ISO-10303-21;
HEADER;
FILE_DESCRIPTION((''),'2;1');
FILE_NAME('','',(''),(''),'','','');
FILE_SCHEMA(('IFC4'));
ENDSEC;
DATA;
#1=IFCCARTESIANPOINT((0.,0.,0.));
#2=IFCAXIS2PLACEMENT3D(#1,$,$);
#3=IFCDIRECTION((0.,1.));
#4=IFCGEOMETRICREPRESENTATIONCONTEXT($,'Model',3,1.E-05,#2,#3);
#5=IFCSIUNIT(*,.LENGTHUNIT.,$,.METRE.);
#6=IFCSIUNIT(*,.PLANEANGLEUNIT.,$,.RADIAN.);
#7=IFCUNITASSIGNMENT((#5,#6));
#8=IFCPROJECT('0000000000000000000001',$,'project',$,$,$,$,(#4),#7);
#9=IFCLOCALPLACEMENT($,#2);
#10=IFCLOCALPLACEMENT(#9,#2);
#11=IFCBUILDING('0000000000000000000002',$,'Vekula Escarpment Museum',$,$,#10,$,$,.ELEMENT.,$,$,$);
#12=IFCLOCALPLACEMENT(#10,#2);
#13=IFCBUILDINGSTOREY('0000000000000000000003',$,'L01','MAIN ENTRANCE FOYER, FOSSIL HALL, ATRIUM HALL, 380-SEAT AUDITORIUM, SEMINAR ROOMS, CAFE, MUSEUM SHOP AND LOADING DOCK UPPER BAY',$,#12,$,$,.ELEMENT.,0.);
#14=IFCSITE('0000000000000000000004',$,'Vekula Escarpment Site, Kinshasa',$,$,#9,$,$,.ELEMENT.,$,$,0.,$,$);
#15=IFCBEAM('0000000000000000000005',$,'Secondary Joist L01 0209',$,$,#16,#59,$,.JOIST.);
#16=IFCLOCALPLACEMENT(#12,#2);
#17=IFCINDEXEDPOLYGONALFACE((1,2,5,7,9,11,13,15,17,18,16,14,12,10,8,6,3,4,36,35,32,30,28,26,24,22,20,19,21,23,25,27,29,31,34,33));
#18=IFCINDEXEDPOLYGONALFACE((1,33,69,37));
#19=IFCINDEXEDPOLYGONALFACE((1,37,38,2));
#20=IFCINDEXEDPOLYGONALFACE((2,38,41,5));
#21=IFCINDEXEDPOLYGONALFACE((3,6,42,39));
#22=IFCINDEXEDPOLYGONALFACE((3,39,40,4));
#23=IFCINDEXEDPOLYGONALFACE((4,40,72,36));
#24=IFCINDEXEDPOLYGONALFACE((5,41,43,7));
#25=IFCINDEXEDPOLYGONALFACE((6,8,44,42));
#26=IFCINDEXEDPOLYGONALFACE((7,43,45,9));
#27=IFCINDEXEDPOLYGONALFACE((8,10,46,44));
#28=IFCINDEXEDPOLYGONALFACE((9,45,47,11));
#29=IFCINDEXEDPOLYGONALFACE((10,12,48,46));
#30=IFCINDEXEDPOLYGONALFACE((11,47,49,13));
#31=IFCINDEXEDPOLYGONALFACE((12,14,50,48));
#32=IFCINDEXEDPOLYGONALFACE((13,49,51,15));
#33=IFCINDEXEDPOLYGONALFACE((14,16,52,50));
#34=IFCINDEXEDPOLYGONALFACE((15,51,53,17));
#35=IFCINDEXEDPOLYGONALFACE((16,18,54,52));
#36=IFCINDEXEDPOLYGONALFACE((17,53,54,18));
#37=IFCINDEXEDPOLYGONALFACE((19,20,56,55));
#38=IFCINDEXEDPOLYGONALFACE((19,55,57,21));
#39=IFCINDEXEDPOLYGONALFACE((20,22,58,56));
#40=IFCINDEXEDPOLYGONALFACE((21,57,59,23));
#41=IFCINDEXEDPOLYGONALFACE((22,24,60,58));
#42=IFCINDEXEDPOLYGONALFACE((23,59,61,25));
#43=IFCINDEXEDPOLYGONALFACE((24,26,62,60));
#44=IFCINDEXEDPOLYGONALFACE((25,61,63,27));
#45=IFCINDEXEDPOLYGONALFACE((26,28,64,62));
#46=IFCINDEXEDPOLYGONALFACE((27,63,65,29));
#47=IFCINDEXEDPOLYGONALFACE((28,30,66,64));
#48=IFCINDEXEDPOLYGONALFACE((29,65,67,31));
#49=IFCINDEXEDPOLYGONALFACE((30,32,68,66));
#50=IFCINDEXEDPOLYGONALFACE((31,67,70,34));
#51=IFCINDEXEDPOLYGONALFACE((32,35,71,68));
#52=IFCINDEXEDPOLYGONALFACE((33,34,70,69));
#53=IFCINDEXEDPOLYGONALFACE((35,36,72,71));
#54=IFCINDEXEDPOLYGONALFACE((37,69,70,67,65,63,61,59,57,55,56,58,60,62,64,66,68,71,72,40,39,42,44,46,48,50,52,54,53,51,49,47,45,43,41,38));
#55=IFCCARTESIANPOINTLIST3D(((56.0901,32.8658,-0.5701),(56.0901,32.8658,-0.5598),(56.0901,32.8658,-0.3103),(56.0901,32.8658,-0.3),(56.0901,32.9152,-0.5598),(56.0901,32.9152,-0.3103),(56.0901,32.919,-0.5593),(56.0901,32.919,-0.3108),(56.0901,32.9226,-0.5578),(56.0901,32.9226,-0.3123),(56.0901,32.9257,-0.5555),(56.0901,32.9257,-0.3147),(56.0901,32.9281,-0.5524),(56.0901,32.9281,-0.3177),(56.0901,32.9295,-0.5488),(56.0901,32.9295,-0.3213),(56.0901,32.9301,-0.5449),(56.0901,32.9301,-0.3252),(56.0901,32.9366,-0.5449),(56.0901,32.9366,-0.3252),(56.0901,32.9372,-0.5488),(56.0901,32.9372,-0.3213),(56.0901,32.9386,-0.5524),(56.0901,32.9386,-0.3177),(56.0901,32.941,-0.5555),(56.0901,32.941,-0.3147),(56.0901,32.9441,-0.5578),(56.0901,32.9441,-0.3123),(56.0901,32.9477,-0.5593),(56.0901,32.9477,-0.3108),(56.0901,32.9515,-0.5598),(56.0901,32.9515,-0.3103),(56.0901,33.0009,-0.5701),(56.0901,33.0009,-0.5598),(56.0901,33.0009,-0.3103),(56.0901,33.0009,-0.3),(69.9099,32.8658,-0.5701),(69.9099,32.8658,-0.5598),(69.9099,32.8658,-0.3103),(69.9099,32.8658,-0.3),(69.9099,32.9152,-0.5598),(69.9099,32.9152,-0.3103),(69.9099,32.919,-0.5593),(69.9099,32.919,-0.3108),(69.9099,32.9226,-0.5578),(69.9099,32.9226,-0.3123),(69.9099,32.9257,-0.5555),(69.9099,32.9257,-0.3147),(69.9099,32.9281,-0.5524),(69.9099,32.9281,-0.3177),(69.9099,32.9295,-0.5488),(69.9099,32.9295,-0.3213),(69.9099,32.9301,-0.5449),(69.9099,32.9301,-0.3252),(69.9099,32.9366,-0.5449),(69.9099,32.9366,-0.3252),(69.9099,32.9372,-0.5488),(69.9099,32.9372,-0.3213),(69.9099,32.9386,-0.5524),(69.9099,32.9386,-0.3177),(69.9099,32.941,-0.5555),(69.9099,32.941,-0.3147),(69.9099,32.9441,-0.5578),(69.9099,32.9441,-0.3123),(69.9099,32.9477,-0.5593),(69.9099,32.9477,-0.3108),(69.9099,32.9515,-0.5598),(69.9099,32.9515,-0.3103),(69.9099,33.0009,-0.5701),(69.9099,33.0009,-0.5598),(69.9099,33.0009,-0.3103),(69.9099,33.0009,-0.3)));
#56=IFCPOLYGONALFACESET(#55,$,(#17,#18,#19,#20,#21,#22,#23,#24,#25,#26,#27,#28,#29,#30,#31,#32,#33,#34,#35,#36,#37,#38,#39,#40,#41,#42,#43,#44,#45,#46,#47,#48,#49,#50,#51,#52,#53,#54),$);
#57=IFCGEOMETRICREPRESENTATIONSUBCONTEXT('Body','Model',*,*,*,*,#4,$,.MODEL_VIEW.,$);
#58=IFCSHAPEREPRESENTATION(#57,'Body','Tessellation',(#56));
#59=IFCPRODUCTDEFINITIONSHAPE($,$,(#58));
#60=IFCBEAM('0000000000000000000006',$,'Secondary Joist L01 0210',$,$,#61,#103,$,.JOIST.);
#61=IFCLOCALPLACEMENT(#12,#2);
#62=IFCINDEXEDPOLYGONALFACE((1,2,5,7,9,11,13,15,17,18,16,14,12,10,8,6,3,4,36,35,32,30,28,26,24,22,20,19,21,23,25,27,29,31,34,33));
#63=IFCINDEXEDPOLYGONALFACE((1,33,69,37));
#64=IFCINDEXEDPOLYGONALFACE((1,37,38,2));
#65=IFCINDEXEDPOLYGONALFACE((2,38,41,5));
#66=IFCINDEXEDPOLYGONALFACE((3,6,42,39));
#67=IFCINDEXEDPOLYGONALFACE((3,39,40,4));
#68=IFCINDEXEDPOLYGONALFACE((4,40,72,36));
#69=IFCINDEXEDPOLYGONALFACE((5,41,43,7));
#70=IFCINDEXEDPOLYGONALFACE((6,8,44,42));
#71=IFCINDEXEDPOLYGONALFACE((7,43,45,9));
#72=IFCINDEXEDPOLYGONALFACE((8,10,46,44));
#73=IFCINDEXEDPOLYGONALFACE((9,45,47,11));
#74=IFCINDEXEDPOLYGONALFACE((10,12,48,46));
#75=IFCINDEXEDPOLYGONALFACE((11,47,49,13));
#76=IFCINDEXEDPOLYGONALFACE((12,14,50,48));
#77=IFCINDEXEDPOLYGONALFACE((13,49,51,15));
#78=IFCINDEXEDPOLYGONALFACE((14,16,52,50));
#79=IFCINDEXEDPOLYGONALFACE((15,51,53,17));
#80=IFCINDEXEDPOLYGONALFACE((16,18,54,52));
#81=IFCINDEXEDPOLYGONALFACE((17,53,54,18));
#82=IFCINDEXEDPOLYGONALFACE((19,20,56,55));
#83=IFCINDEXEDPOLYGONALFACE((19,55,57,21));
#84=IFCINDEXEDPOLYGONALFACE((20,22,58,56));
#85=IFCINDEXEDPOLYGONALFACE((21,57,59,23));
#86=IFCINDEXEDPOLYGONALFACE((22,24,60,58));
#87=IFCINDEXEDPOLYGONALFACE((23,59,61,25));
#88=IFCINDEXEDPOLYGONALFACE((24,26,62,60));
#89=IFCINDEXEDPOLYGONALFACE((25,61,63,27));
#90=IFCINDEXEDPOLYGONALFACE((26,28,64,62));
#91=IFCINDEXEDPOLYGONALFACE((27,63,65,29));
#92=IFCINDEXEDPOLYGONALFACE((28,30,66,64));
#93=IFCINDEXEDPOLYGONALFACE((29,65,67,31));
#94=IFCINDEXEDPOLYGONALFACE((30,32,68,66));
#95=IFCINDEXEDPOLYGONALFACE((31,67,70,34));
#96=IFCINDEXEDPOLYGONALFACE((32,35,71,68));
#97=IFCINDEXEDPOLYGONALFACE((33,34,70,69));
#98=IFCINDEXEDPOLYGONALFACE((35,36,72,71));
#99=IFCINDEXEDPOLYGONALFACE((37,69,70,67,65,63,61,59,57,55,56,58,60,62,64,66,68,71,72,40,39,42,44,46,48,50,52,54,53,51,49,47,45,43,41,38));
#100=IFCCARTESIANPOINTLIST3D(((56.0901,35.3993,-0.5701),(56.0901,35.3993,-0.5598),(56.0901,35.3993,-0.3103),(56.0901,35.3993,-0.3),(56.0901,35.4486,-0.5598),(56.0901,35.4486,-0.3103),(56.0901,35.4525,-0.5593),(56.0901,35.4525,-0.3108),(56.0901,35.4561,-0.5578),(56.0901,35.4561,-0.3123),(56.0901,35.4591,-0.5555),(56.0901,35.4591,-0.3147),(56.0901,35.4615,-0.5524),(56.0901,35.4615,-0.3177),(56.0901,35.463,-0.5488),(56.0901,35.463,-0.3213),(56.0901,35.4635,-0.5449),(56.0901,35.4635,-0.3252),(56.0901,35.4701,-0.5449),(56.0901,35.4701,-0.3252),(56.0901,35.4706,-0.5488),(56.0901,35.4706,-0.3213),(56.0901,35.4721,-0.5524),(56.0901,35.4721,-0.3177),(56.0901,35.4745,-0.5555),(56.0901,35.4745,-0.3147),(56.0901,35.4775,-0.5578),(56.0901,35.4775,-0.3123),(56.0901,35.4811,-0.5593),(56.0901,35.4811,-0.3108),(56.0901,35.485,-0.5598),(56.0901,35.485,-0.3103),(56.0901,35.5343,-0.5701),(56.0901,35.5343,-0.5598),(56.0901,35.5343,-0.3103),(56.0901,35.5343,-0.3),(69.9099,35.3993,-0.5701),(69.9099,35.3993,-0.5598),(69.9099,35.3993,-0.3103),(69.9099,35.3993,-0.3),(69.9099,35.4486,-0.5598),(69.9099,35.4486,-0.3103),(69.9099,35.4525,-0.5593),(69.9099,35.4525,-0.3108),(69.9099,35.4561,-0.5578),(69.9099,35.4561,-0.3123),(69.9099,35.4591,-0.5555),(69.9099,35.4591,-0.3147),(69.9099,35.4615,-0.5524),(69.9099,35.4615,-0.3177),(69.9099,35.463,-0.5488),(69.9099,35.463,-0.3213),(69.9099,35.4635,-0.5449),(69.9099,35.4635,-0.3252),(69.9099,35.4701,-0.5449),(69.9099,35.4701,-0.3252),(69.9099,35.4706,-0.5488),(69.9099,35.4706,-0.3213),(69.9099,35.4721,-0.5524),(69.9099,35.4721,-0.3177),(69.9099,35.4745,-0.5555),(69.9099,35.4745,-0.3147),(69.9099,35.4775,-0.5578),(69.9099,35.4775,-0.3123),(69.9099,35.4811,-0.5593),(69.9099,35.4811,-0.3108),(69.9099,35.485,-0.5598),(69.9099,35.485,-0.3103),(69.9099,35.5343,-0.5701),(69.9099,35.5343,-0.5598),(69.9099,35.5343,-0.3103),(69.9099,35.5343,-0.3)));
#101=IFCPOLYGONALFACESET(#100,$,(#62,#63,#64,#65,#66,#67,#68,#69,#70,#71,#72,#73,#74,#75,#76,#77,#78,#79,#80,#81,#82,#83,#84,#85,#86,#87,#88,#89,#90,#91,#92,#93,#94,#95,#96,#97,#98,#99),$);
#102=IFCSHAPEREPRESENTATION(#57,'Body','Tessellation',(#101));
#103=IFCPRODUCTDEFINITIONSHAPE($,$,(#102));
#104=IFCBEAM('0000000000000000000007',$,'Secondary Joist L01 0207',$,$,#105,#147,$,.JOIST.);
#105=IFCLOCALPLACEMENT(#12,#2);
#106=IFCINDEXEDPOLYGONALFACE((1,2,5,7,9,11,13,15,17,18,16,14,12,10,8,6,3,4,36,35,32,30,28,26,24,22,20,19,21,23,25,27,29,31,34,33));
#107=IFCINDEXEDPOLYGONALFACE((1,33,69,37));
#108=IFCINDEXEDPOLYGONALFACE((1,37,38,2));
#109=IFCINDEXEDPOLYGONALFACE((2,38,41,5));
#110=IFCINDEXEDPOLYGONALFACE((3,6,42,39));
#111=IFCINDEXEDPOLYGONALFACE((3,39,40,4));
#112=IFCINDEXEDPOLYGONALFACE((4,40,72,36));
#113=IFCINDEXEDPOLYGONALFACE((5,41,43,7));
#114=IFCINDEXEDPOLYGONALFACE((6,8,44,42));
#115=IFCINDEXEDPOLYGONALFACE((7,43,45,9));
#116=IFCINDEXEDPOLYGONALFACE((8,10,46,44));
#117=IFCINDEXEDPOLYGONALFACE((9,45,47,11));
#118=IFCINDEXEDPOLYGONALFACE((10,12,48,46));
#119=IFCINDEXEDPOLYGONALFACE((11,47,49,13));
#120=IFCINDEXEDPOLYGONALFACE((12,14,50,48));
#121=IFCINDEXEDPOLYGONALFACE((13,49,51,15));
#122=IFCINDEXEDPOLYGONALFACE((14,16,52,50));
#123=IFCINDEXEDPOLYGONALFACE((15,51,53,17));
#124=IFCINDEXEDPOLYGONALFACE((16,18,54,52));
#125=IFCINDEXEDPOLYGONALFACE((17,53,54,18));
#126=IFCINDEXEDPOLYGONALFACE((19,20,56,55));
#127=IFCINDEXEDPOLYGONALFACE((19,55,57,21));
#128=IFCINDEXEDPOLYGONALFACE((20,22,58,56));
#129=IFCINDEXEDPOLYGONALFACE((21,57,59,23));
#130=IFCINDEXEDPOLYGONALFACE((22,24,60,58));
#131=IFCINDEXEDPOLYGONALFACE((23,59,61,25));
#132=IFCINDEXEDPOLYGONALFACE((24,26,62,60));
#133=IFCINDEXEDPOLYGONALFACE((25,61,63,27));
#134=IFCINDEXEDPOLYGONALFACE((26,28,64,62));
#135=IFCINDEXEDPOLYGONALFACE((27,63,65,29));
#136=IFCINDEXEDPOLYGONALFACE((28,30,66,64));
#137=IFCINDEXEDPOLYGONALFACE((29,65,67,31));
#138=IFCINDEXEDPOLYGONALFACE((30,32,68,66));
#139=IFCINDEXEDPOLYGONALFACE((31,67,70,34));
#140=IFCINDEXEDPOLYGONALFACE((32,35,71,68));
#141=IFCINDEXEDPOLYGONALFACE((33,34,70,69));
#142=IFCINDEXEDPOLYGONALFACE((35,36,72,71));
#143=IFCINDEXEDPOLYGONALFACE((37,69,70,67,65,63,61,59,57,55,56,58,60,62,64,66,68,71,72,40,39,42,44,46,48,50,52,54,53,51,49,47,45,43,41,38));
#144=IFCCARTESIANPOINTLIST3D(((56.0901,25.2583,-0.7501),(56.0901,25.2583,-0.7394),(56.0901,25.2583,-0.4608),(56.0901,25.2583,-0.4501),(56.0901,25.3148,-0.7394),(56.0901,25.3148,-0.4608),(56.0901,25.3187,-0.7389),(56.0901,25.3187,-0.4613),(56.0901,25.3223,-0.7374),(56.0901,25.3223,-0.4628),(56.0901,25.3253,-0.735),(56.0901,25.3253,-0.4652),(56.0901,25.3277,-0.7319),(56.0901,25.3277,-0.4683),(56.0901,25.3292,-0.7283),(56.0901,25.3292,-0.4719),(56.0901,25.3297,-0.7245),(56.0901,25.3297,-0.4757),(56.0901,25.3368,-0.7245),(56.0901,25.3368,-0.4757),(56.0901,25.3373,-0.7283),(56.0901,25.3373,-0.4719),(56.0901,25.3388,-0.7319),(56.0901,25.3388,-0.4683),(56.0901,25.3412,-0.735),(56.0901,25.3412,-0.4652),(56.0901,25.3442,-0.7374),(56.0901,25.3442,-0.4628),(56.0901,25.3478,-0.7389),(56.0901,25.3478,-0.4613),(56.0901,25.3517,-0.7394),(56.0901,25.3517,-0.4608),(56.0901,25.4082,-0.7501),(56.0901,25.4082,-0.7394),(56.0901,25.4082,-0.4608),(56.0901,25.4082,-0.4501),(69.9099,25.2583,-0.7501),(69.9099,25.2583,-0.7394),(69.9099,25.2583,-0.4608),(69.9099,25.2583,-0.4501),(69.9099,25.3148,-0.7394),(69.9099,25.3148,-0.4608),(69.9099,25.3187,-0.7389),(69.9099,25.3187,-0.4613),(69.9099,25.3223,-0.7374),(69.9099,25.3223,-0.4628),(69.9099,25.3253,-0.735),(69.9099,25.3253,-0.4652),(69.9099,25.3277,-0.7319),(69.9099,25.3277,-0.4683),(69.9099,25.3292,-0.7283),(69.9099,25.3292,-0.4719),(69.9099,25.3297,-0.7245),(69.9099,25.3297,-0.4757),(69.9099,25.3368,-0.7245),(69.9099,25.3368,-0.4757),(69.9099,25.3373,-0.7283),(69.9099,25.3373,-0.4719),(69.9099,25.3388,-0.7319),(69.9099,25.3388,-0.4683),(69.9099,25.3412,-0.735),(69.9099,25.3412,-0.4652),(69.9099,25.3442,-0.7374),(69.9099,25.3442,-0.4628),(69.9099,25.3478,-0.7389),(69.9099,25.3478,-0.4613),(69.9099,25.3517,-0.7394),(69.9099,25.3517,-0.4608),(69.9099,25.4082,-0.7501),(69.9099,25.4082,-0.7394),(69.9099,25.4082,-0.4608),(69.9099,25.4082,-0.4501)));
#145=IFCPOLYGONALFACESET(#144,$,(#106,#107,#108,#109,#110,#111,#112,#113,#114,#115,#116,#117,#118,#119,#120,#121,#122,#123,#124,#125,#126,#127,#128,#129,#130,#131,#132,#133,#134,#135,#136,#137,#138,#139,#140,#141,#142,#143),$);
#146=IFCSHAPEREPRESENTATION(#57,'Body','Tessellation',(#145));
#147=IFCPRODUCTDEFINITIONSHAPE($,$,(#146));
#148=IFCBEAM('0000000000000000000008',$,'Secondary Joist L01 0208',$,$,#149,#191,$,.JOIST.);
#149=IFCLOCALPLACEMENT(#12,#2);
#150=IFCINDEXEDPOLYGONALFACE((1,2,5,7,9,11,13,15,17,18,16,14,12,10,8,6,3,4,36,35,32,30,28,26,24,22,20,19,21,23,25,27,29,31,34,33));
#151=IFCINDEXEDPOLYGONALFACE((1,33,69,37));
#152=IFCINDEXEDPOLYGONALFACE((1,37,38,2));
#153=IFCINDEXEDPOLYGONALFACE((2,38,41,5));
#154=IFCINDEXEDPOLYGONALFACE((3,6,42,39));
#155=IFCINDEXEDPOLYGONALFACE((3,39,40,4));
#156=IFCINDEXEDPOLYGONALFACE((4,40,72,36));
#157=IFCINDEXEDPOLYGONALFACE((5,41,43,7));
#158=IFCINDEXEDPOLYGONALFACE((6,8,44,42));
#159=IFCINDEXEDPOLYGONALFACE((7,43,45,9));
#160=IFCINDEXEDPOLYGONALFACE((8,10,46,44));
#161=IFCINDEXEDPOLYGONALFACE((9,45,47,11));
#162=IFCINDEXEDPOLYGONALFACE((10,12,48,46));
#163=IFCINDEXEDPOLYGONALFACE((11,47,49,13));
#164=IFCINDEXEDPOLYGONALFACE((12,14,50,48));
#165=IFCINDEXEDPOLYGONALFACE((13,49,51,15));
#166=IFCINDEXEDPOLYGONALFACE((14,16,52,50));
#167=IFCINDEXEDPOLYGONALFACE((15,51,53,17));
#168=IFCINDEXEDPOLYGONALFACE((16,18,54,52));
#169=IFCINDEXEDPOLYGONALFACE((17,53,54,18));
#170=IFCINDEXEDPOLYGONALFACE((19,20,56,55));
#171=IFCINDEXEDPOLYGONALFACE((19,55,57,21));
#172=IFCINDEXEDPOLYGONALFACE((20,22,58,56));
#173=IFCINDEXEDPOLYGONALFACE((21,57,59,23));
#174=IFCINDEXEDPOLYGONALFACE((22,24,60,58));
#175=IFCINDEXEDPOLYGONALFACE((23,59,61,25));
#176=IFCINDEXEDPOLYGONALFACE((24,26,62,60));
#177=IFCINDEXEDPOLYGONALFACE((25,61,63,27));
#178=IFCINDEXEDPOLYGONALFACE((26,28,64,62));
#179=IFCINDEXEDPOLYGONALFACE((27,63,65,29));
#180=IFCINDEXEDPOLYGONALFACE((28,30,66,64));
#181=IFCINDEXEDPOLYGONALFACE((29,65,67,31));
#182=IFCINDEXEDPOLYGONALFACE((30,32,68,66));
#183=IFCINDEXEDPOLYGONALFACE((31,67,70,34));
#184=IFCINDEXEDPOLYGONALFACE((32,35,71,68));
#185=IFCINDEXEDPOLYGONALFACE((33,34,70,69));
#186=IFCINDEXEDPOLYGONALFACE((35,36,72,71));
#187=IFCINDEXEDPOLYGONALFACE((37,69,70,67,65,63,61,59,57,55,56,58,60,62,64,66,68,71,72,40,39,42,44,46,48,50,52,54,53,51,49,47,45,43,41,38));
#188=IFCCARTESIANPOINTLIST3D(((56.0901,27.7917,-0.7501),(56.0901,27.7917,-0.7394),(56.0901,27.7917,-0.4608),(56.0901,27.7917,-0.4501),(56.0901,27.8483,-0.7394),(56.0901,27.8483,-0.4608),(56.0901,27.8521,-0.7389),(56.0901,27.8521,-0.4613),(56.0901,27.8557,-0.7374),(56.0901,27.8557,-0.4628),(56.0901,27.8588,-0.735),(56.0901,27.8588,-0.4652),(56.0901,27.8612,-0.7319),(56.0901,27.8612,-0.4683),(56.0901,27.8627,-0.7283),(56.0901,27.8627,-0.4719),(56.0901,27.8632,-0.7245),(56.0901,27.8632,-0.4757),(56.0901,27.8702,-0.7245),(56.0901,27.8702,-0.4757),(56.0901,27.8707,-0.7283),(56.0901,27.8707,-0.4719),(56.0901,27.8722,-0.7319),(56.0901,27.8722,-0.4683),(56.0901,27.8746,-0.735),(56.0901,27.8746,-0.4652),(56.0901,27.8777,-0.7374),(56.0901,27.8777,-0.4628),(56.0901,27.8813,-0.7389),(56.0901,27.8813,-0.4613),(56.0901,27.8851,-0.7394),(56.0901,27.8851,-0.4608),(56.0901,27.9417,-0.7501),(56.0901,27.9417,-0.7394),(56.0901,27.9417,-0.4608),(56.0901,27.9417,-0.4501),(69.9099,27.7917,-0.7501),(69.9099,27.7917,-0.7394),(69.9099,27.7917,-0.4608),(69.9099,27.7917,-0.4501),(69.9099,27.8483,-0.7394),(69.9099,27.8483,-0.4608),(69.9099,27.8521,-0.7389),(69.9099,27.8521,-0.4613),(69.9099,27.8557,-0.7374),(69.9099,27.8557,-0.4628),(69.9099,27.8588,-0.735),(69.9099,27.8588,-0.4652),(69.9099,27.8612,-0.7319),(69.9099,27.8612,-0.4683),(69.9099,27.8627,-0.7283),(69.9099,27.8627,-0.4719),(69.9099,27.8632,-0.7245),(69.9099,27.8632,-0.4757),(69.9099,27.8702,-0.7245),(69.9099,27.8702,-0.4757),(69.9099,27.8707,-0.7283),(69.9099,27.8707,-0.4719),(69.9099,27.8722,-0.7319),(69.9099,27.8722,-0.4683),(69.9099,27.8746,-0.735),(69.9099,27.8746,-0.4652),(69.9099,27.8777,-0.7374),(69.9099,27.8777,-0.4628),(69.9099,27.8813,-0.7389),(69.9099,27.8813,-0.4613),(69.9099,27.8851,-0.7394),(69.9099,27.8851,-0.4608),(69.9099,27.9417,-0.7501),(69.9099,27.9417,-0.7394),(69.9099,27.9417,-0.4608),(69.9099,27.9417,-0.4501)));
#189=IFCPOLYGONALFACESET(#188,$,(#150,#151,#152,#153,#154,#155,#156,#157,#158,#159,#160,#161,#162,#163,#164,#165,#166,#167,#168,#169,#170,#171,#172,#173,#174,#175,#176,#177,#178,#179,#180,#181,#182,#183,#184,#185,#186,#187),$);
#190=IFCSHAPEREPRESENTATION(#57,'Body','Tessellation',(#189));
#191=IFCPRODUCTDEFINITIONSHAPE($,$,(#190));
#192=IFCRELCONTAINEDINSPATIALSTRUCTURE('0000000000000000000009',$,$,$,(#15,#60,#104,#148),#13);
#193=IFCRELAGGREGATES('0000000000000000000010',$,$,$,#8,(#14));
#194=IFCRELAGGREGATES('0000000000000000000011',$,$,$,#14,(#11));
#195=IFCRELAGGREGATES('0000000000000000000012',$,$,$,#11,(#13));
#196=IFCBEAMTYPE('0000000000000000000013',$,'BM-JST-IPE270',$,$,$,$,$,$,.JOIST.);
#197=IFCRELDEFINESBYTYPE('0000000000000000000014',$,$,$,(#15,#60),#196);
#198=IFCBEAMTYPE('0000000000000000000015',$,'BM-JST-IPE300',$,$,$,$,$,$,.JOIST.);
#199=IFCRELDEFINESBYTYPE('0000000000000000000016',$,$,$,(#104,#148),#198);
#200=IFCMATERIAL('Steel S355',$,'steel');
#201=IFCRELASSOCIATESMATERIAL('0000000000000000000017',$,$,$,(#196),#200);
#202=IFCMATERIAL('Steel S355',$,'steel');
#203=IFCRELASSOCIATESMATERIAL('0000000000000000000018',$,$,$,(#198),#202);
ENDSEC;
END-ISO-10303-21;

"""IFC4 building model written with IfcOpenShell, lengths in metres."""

from ifc_helpers import new_model, si_unit, direction, frame, origin, origin_2d, place, context, subcontext, project, spatial, i_section, extrude, material, material_profile, profile_set, type_object, element, save


model = new_model("IFC4")

# Units and contexts
model_context = context("Model", 3, precision=1e-05, world=origin(), true_north=direction((0.0, 1.0)))
body_context = subcontext(model_context, "Body", "Model", "MODEL_VIEW")
ifc_project = project(units=[si_unit("LENGTHUNIT", "METRE"), si_unit("PLANEANGLEUNIT", "RADIAN")], contexts=[model_context])

# Site, building, storey
site_placement = place(None, origin())
site = spatial("IfcSite", under=ifc_project, at=site_placement, Name="Vekula Escarpment Site, Kinshasa", CompositionType="ELEMENT", RefElevation=0.0)
building_placement = place(site_placement, origin())
building = spatial("IfcBuilding", under=site, at=building_placement, Name="Vekula Escarpment Museum", CompositionType="ELEMENT")
storey_placement = place(building_placement, origin())
storey = spatial("IfcBuildingStorey", under=building, at=storey_placement, Name="L01", Description="MAIN ENTRANCE FOYER, FOSSIL HALL, ATRIUM HALL, 380-SEAT AUDITORIUM, SEMINAR ROOMS, CAFE, MUSEUM SHOP AND LOADING DOCK UPPER BAY", CompositionType="ELEMENT", Elevation=0.0)

# Beams
ifc_material_1 = material(Name="Steel S355", Category="steel")
ifc_material_profile_1 = material_profile(ifc_material_1, i_section(OverallWidth=0.135, OverallDepth=0.27, WebThickness=0.0066, FlangeThickness=0.0103, FilletRadius=0.0149, at=origin_2d()), Name="IPE 270")
ifc_profile_set_1 = profile_set([ifc_material_profile_1], Name="Steel S355")
beam_type_1 = type_object("IfcBeamType", Name="BM-JST-IPE270", PredefinedType="JOIST", material=ifc_profile_set_1)
for number, where, z_axis, x_axis, name in (
    (1, (56.0901, 32.9333, -0.4351), (1.0, 0.0, 0.0), (0.0, 1.0, 0.0), "Secondary Joist L01 0209"),
    (2, (56.0901, 35.4668, -0.4351), (1.0, 0.0, 0.0), (0.0, 1.0, 0.0), "Secondary Joist L01 0210"),
):
    element("IfcBeam", number, at=place(storey_placement, frame(where, z_axis=z_axis, x_axis=x_axis)), inside=storey, type_object=beam_type_1, Name=name, PredefinedType="JOIST", context=body_context, shape_type="SweptSolid", body=[
        extrude(i_section(OverallWidth=0.135, OverallDepth=0.27, WebThickness=0.0066, FlangeThickness=0.0103, FilletRadius=0.0149, at=origin_2d()), origin(), (0.0, 0.0, 1.0), 13.8198),
    ])
ifc_material_2 = material(Name="Steel S355", Category="steel")
ifc_material_profile_2 = material_profile(ifc_material_2, i_section(OverallWidth=0.1499, OverallDepth=0.3, WebThickness=0.0071, FlangeThickness=0.0107, FilletRadius=0.0149, at=origin_2d()), Name="IPE 300")
ifc_profile_set_2 = profile_set([ifc_material_profile_2], Name="Steel S355")
beam_type_2 = type_object("IfcBeamType", Name="BM-JST-IPE300", PredefinedType="JOIST", material=ifc_profile_set_2)
for number, where, z_axis, x_axis, name in (
    (3, (56.0901, 25.3333, -0.6001), (1.0, 0.0, 0.0), (0.0, 1.0, 0.0), "Secondary Joist L01 0207"),
    (4, (56.0901, 27.8667, -0.6001), (1.0, 0.0, 0.0), (0.0, 1.0, 0.0), "Secondary Joist L01 0208"),
):
    element("IfcBeam", number, at=place(storey_placement, frame(where, z_axis=z_axis, x_axis=x_axis)), inside=storey, type_object=beam_type_2, Name=name, PredefinedType="JOIST", context=body_context, shape_type="SweptSolid", body=[
        extrude(i_section(OverallWidth=0.1499, OverallDepth=0.3, WebThickness=0.0071, FlangeThickness=0.0107, FilletRadius=0.0149, at=origin_2d()), origin(), (0.0, 0.0, 1.0), 13.8198),
    ])

save(model, "model.ifc")
